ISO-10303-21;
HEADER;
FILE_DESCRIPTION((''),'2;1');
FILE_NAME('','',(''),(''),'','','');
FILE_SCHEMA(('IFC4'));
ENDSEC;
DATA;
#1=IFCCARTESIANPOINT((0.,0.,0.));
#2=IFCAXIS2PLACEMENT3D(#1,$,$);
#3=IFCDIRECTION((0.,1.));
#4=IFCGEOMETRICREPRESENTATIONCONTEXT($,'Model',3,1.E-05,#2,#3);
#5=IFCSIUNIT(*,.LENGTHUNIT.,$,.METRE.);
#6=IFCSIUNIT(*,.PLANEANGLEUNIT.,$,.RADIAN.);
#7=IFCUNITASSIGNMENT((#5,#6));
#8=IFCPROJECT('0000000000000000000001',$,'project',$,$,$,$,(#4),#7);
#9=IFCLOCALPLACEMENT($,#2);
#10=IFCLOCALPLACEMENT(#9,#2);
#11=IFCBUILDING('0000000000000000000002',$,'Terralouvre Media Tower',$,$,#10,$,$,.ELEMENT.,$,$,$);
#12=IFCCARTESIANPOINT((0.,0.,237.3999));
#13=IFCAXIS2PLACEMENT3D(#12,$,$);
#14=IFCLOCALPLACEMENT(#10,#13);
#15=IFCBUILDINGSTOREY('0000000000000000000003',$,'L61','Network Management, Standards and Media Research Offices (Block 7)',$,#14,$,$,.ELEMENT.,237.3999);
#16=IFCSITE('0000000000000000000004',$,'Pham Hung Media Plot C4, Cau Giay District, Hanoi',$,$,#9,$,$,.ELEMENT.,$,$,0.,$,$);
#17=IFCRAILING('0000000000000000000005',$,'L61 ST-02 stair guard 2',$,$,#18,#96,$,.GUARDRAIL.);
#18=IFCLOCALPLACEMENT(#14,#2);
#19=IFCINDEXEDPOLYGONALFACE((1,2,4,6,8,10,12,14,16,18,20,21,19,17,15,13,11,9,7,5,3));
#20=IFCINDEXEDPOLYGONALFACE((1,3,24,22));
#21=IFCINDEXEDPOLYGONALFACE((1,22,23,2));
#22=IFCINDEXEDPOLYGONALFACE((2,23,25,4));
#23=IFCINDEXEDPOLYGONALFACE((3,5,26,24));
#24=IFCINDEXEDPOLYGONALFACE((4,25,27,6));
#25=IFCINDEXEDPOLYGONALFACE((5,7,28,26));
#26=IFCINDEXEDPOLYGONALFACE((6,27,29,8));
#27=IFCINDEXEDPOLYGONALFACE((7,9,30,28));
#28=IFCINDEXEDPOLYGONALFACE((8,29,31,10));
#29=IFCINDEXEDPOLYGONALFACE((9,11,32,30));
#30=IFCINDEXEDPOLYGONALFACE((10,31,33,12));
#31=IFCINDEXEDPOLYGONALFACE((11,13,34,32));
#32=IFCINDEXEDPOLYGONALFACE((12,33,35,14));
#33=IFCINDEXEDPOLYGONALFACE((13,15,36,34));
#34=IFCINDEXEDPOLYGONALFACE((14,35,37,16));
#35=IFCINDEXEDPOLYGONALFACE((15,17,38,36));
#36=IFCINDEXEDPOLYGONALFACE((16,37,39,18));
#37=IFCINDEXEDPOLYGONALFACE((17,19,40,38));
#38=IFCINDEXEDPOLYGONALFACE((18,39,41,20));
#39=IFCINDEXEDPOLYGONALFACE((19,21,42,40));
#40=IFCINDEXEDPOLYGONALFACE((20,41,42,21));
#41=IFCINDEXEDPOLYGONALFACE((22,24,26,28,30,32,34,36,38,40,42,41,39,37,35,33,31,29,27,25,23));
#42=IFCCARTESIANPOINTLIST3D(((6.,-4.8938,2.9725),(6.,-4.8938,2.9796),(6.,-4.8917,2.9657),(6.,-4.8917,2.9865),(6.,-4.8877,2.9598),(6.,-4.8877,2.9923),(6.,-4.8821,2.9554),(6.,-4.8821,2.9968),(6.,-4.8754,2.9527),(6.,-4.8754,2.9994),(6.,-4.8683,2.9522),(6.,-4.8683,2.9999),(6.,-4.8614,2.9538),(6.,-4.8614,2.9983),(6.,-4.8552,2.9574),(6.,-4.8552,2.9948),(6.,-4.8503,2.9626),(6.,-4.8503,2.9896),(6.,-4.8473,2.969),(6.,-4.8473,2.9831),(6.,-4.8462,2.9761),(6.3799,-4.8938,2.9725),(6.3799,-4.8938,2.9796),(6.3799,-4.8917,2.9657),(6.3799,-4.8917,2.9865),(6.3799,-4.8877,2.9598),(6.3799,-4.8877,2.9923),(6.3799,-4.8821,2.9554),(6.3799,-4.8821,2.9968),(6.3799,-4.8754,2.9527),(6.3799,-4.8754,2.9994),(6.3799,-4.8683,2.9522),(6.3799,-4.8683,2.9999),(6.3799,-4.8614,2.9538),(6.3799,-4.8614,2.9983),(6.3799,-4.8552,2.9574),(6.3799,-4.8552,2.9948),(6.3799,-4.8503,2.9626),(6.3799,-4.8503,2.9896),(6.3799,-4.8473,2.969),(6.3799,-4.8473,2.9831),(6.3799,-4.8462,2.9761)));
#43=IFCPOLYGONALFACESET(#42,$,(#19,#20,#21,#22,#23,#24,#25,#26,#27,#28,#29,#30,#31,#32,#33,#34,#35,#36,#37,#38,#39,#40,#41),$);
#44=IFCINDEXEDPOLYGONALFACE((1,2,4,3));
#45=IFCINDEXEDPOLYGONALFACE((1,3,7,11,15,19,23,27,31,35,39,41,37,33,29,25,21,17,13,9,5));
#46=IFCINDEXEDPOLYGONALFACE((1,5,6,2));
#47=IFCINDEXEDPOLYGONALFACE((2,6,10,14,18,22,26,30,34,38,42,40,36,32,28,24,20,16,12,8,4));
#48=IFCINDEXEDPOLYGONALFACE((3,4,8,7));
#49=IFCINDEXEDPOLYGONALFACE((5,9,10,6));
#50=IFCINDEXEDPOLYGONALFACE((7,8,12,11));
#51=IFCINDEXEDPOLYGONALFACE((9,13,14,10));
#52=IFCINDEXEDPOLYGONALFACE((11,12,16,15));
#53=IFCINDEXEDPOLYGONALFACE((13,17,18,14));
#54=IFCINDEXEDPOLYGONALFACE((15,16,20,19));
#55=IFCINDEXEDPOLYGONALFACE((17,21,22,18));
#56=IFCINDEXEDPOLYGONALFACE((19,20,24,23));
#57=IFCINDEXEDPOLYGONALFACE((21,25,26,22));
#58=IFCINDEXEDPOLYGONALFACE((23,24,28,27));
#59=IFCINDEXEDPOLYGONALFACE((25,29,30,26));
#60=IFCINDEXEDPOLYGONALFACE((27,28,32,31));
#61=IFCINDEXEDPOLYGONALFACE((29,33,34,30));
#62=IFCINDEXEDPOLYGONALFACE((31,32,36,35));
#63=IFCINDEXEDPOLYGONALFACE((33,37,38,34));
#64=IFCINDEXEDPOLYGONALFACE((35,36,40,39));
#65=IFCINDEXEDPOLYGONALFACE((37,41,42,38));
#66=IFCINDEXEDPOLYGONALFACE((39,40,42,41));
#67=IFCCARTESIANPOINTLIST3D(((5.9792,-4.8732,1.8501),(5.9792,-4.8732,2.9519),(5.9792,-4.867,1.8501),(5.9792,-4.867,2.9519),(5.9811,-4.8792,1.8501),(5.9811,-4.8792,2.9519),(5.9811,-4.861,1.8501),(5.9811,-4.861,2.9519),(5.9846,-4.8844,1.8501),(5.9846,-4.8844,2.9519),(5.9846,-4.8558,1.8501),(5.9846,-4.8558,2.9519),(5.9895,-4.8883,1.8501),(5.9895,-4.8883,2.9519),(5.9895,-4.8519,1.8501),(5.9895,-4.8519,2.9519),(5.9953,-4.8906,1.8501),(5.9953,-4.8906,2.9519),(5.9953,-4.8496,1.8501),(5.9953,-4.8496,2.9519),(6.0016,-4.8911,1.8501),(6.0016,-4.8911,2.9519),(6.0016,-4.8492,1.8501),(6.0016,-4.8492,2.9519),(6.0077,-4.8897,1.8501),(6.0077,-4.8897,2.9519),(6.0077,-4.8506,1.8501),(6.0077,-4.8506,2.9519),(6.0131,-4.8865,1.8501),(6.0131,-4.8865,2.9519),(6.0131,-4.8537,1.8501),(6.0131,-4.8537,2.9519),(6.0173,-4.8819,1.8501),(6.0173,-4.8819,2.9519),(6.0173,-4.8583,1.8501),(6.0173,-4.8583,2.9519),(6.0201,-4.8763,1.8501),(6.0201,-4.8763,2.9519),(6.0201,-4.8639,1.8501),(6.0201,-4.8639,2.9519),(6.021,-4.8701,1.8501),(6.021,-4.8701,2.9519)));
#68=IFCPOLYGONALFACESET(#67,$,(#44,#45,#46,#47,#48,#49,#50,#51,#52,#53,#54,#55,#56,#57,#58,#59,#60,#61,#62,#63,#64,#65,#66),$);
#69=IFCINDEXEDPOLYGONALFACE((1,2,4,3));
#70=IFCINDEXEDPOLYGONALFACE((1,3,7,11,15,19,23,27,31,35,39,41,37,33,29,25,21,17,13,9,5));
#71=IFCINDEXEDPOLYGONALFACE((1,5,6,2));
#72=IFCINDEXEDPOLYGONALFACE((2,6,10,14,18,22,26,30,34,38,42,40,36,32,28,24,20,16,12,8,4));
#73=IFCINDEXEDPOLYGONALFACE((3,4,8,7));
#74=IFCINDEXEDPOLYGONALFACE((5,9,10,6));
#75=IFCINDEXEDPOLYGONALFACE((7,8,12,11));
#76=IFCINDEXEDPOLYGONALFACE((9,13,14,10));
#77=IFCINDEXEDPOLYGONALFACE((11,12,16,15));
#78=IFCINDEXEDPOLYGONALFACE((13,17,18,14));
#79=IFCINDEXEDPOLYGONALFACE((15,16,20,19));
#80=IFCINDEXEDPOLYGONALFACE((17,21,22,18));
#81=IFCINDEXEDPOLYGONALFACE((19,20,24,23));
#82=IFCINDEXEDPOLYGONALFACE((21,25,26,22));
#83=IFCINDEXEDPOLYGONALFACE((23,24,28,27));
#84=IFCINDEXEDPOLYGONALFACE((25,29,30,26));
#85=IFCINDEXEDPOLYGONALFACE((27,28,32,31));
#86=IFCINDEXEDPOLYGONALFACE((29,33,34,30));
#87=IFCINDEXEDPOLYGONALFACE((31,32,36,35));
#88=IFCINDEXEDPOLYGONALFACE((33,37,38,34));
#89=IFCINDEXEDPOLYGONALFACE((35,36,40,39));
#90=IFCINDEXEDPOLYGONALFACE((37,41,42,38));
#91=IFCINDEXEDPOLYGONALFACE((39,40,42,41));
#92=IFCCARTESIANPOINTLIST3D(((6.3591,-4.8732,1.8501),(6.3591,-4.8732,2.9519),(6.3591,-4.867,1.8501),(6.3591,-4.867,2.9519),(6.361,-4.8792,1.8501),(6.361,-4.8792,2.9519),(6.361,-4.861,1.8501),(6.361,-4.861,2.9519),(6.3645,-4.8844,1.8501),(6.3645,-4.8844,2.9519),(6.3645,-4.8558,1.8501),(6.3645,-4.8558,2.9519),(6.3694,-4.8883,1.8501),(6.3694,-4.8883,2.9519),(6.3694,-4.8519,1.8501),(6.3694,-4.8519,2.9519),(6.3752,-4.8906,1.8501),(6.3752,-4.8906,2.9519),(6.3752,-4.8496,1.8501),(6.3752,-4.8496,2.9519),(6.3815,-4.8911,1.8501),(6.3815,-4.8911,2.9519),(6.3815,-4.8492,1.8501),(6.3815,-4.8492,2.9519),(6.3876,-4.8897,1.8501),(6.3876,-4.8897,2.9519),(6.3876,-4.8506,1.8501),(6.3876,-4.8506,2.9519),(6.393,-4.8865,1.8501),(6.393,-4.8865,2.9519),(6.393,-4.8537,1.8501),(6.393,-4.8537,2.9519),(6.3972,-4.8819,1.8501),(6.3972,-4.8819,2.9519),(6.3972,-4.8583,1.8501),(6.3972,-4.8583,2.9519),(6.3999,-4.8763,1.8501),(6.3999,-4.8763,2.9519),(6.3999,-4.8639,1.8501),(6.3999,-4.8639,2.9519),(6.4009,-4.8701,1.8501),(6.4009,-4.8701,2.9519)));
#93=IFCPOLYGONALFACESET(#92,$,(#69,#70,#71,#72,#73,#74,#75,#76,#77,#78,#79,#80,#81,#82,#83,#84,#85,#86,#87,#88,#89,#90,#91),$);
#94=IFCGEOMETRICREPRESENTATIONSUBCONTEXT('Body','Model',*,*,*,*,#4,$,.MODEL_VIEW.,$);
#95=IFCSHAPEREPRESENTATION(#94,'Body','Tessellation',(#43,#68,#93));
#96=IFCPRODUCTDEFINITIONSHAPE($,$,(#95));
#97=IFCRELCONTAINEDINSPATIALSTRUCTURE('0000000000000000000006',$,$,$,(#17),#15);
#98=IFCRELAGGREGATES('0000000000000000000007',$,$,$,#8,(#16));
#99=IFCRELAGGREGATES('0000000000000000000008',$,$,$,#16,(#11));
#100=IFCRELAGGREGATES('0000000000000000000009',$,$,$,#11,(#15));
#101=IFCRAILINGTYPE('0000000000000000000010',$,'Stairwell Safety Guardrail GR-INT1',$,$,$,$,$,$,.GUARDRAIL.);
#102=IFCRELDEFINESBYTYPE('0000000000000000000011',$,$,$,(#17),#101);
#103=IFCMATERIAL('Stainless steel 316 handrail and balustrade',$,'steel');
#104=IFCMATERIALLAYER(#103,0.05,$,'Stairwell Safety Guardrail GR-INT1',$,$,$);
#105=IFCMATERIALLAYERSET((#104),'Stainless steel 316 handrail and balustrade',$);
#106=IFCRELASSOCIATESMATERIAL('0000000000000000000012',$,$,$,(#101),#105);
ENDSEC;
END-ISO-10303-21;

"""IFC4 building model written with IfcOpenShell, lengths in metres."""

from ifc_helpers import new_model, si_unit, direction, frame, origin, origin_2d, place, context, subcontext, project, spatial, circle, extrude, material, layer, layer_set, type_object, element, save


model = new_model("IFC4")

# Units and contexts
model_context = context("Model", 3, precision=1e-05, world=origin(), true_north=direction((0.0, 1.0)))
body_context = subcontext(model_context, "Body", "Model", "MODEL_VIEW")
ifc_project = project(units=[si_unit("LENGTHUNIT", "METRE"), si_unit("PLANEANGLEUNIT", "RADIAN")], contexts=[model_context])

# Site, building, storey
site_placement = place(None, origin())
site = spatial("IfcSite", under=ifc_project, at=site_placement, Name="Pham Hung Media Plot C4, Cau Giay District, Hanoi", CompositionType="ELEMENT", RefElevation=0.0)
building_placement = place(site_placement, origin())
building = spatial("IfcBuilding", under=site, at=building_placement, Name="Terralouvre Media Tower", CompositionType="ELEMENT")
storey_placement = place(building_placement, frame((0.0, 0.0, 237.3999)))
storey = spatial("IfcBuildingStorey", under=building, at=storey_placement, Name="L61", Description="Network Management, Standards and Media Research Offices (Block 7)", CompositionType="ELEMENT", Elevation=237.3999)

# Railing
ifc_material_1 = material(Name="Stainless steel 316 handrail and balustrade", Category="steel")
ifc_layer_1 = layer(ifc_material_1, 0.05, Name="Stairwell Safety Guardrail GR-INT1")
ifc_layer_set_1 = layer_set([ifc_layer_1], Name="Stainless steel 316 handrail and balustrade")
railing_type_1 = type_object("IfcRailingType", Name="Stairwell Safety Guardrail GR-INT1", PredefinedType="GUARDRAIL", material=ifc_layer_set_1)
railing_1_placement = place(storey_placement, frame((6.0, -4.8701, 1.8501)))
element("IfcRailing", 1, at=railing_1_placement, inside=storey, type_object=railing_type_1, Name="L61 ST-02 stair guard 2", PredefinedType="GUARDRAIL", context=body_context, shape_type="SweptSolid", body=[
    extrude(circle(Radius=0.0239, at=origin_2d()), frame((0.0, 0.0, 1.126), z_axis=(1.0, 0.0, 0.0), x_axis=(0.0, 1.0, 0.0)), (0.0, 0.0, 1.0), 0.3799),
    extrude(circle(Radius=0.021, at=origin_2d()), origin(), (0.0, 0.0, 1.0), 1.1018),
    extrude(circle(Radius=0.021, at=origin_2d()), frame((0.3799, 0.0, 0.0)), (0.0, 0.0, 1.0), 1.1018),
])

save(model, "model.ifc")
